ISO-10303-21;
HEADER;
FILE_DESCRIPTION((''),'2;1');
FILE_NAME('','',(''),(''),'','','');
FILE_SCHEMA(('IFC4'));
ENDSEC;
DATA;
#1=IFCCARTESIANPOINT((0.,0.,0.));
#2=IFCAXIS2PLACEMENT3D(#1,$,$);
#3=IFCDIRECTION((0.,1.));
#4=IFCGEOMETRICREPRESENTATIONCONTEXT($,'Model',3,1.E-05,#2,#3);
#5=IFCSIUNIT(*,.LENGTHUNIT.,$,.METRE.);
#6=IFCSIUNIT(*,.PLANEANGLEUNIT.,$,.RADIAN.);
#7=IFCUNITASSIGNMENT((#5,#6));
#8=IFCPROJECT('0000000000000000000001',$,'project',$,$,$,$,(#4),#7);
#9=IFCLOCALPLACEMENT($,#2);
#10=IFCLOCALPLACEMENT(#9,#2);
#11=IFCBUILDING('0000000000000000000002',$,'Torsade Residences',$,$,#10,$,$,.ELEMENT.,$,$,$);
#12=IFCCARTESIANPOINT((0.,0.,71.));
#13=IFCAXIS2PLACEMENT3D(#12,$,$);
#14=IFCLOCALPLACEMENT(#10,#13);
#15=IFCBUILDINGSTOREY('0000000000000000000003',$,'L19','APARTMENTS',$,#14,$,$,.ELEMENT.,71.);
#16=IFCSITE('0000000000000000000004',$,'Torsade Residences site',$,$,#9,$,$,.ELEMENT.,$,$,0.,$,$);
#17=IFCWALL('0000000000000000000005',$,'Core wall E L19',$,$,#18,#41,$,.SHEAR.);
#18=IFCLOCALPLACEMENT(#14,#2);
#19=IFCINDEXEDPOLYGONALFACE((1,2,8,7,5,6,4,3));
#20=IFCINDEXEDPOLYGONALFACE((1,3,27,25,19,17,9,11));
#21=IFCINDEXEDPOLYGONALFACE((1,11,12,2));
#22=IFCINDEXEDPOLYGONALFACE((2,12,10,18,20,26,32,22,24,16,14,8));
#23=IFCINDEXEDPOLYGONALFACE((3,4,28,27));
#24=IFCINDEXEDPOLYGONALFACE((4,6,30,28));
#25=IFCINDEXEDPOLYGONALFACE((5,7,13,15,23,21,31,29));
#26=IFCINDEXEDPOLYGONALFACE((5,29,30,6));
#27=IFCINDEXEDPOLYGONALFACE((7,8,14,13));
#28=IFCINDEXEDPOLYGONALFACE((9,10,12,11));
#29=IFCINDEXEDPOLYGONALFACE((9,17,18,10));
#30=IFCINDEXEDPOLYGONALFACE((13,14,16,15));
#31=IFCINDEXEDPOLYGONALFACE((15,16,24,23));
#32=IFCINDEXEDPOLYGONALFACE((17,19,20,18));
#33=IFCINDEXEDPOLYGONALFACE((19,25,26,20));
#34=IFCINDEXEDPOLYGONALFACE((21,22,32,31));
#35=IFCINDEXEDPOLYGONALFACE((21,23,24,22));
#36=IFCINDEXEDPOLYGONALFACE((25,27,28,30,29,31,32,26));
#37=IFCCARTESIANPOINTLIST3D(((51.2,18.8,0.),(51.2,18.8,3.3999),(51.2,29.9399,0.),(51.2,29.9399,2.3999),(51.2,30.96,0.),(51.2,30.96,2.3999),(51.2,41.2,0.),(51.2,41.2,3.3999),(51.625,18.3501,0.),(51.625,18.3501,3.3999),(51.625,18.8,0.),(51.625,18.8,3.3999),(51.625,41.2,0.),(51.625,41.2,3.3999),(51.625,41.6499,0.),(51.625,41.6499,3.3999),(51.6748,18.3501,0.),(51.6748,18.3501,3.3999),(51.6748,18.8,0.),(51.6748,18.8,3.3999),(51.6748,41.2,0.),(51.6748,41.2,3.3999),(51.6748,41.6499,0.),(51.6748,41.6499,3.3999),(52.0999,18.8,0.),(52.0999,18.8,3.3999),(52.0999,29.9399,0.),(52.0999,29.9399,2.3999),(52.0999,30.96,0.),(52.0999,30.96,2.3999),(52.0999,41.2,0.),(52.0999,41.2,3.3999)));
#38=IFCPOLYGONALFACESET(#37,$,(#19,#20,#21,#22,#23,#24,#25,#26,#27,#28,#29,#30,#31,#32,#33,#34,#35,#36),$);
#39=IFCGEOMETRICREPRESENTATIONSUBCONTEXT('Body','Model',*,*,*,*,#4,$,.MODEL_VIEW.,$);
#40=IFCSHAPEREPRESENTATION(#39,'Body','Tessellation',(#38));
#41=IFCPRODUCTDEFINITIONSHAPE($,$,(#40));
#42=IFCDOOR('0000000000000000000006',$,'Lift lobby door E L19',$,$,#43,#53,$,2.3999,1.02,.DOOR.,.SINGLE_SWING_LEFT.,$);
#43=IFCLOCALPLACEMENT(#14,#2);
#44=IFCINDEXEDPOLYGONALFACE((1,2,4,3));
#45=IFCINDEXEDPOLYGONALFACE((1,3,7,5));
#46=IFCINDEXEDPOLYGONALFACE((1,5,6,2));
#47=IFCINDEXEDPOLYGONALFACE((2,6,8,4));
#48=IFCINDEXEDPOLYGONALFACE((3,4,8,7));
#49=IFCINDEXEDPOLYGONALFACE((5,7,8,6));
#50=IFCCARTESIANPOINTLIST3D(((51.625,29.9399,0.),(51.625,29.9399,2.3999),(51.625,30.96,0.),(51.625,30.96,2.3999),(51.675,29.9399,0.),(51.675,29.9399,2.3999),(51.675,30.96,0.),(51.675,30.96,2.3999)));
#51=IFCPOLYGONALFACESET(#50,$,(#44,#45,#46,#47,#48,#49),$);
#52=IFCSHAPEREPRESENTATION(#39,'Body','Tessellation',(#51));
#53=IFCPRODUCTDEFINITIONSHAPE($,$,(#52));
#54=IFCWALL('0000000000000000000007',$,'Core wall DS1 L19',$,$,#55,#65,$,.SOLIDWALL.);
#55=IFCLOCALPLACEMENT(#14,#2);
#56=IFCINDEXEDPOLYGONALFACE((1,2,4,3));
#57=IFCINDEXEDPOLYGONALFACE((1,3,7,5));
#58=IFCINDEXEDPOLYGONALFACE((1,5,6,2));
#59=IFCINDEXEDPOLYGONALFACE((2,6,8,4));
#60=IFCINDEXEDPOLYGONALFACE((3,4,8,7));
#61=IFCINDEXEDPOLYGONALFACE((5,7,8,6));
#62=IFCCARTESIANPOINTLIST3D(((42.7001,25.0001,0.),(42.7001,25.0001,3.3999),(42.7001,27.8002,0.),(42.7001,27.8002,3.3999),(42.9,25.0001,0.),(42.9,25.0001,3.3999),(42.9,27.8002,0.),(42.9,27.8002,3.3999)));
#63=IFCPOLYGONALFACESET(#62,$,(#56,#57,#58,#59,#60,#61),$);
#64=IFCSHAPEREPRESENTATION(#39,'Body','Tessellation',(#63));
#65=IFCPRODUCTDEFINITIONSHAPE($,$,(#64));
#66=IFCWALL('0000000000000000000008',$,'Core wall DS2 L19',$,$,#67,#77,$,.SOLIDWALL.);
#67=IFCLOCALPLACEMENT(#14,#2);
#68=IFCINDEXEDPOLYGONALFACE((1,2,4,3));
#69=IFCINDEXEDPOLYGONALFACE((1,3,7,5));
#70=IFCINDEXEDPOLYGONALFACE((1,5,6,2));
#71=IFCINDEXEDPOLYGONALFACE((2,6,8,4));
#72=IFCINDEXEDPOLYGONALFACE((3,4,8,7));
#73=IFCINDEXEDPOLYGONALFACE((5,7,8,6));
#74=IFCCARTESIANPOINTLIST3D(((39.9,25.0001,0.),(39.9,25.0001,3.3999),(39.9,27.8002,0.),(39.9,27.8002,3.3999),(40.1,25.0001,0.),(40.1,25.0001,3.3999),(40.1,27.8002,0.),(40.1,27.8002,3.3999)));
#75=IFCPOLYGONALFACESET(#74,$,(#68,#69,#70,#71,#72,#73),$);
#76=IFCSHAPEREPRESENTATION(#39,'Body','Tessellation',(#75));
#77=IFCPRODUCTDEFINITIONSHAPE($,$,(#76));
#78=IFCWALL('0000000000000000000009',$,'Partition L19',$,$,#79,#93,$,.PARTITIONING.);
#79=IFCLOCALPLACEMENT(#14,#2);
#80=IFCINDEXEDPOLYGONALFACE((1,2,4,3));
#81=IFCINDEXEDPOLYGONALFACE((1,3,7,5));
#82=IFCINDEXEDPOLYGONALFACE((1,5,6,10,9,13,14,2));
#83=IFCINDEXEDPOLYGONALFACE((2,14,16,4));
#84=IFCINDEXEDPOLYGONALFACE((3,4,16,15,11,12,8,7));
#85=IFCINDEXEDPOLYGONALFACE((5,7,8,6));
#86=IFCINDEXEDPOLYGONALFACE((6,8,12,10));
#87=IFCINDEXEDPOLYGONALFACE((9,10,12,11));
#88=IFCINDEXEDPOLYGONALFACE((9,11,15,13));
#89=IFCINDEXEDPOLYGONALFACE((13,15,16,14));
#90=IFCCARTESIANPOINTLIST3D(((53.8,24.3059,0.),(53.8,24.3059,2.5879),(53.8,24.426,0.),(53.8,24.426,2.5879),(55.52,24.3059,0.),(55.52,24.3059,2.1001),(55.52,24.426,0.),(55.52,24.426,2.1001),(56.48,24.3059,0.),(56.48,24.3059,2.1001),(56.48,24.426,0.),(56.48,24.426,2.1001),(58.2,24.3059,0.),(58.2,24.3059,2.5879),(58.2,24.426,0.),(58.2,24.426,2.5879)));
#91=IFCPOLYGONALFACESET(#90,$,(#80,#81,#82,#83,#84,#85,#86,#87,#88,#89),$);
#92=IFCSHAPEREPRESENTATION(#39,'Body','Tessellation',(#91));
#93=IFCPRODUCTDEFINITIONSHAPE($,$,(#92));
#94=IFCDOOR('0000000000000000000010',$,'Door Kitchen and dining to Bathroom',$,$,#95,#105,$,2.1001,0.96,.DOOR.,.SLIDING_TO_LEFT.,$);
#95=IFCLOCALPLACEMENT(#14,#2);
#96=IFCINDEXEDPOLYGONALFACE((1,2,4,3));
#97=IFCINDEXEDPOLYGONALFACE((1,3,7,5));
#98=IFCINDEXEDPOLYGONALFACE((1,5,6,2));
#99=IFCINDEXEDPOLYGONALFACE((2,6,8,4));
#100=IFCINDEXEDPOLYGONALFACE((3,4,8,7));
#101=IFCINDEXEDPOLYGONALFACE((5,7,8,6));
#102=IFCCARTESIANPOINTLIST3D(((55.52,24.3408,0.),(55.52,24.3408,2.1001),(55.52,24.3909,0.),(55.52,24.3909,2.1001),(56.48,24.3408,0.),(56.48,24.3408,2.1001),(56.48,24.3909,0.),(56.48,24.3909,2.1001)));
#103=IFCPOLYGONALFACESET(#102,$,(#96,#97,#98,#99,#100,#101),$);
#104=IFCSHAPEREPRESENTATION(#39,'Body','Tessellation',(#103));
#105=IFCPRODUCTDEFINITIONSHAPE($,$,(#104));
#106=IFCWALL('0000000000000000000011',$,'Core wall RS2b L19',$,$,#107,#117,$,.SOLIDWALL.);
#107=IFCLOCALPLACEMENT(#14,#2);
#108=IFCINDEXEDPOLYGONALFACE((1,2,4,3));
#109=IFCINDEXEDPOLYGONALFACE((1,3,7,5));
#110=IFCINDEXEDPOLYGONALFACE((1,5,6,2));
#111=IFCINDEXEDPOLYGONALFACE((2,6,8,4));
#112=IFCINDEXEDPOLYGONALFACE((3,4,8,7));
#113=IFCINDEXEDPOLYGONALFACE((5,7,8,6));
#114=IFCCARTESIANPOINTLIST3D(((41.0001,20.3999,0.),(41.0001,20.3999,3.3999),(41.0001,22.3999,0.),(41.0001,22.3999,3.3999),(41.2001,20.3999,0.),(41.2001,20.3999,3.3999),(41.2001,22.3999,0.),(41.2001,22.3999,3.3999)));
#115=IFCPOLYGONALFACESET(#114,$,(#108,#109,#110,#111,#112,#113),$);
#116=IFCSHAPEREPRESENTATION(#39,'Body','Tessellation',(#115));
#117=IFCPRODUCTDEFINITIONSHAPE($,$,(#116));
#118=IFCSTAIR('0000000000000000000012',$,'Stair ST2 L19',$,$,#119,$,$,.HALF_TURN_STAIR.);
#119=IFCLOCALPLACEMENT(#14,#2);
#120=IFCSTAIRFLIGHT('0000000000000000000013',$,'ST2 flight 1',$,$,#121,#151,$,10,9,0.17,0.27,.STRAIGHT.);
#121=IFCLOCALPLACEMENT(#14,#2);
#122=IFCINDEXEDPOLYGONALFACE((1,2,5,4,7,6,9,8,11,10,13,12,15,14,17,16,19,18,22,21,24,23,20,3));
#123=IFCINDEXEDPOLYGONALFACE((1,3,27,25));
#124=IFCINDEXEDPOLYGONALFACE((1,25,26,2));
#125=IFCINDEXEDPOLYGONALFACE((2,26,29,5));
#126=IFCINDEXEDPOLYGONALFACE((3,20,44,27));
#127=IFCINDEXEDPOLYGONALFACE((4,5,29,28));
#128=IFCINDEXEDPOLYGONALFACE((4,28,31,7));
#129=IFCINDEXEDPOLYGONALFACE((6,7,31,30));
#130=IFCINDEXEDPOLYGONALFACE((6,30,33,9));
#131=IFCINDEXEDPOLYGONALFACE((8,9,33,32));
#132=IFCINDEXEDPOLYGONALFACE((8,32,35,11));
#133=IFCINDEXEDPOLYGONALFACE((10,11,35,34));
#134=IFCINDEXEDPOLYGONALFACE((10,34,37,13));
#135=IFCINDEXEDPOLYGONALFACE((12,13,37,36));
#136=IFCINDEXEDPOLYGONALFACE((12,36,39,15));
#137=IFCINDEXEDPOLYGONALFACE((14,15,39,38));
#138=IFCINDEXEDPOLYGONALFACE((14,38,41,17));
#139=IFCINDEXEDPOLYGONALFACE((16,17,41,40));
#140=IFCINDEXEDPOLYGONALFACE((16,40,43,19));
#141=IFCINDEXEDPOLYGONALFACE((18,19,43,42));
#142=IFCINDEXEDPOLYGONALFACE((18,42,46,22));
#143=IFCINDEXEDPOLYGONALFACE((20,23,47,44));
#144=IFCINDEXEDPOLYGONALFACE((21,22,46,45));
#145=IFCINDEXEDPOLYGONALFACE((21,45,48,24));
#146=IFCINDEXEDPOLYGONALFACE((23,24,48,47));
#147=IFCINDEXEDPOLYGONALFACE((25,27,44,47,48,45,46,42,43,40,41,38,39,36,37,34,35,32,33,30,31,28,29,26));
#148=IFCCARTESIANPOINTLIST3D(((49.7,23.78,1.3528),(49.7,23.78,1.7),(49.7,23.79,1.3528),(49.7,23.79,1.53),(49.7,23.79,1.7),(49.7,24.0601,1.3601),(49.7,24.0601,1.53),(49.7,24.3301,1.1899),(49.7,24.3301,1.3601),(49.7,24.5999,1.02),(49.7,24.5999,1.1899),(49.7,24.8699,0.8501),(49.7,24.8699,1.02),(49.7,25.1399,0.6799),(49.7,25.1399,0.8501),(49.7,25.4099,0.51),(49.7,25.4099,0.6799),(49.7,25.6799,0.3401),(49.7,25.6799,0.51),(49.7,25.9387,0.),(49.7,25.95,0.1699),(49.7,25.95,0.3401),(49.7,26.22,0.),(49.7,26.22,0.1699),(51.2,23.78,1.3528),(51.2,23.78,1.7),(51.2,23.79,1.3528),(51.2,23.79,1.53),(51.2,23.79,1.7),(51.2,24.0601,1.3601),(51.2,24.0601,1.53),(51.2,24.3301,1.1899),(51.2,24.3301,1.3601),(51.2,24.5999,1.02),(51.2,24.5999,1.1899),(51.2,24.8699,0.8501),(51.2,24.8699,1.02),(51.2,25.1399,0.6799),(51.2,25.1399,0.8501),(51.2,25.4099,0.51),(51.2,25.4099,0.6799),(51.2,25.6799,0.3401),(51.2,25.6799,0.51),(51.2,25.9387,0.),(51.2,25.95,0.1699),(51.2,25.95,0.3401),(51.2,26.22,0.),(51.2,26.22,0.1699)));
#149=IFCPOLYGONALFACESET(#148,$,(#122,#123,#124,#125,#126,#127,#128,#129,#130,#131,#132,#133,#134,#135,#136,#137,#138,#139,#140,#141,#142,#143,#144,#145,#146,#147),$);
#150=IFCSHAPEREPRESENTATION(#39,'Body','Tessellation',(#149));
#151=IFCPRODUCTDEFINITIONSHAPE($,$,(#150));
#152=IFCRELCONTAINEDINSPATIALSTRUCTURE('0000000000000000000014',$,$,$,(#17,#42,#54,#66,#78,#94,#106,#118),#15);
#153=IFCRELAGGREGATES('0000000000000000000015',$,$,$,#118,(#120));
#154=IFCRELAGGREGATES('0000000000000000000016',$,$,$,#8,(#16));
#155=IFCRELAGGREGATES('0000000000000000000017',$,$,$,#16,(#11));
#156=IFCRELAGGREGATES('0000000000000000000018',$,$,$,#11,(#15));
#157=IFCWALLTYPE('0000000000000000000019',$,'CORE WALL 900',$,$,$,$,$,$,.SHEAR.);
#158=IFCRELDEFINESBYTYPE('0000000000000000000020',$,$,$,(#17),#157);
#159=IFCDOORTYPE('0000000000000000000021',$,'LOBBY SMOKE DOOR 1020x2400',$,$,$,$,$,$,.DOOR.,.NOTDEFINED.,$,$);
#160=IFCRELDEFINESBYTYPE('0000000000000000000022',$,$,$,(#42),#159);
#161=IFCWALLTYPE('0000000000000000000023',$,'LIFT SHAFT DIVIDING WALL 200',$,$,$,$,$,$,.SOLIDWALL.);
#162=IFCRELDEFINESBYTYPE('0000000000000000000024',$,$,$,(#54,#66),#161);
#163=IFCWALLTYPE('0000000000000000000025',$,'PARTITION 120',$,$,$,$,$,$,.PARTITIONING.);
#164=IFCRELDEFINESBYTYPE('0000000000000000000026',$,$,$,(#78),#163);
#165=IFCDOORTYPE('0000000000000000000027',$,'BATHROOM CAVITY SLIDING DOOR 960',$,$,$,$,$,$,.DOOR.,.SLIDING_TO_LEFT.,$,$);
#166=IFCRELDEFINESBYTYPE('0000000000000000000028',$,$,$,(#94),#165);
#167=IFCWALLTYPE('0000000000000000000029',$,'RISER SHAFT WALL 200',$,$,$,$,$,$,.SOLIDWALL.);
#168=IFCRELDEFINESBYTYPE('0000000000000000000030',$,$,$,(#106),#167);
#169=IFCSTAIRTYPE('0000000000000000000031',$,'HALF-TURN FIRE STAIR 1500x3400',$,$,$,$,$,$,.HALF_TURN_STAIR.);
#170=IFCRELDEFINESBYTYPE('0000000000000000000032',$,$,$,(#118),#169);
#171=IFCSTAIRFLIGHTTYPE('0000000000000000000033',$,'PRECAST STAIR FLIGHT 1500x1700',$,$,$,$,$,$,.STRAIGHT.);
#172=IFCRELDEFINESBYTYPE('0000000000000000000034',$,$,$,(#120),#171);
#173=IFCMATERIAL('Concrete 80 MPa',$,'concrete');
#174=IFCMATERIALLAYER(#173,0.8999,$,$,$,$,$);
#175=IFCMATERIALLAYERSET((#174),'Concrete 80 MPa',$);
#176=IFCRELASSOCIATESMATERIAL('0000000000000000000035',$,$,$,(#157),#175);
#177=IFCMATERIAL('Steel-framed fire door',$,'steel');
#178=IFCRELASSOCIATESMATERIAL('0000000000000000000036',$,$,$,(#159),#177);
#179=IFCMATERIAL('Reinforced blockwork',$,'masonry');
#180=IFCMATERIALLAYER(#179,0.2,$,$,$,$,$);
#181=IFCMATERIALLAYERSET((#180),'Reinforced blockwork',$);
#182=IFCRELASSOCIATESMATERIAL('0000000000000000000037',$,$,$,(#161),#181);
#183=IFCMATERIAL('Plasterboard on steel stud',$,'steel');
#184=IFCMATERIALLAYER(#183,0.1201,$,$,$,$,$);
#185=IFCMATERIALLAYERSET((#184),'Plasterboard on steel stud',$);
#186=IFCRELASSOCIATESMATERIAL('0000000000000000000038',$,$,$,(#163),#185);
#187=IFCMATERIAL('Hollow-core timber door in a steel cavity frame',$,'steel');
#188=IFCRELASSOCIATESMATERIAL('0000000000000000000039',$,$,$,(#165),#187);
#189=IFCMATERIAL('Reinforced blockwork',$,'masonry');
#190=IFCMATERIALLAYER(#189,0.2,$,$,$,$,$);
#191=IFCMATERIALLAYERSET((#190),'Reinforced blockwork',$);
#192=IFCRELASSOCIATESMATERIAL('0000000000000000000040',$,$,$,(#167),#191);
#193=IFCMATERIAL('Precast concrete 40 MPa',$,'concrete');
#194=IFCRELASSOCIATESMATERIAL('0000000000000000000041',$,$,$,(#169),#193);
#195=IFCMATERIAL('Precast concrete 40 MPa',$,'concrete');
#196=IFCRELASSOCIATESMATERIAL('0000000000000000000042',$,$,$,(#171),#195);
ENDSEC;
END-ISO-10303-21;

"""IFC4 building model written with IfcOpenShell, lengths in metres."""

from ifc_helpers import new_model, si_unit, direction, frame, frame_2d, origin, place, context, subcontext, project, spatial, polyline, rectangle, outline, extrude, material, layer, layer_set, type_object, element, fill, aggregate, save


model = new_model("IFC4")

# Units and contexts
model_context = context("Model", 3, precision=1e-05, world=origin(), true_north=direction((0.0, 1.0)))
body_context = subcontext(model_context, "Body", "Model", "MODEL_VIEW")
ifc_project = project(units=[si_unit("LENGTHUNIT", "METRE"), si_unit("PLANEANGLEUNIT", "RADIAN")], contexts=[model_context])

# Site, building, storey
site_placement = place(None, origin())
site = spatial("IfcSite", under=ifc_project, at=site_placement, Name="Torsade Residences site", CompositionType="ELEMENT", RefElevation=0.0)
building_placement = place(site_placement, origin())
building = spatial("IfcBuilding", under=site, at=building_placement, Name="Torsade Residences", CompositionType="ELEMENT")
storey_placement = place(building_placement, frame((0.0, 0.0, 71.0)))
storey = spatial("IfcBuildingStorey", under=building, at=storey_placement, Name="L19", Description="APARTMENTS", CompositionType="ELEMENT", Elevation=71.0)

# Wall, opening, door
ifc_material_1 = material(Name="Concrete 80 MPa", Category="concrete")
ifc_layer_1 = layer(ifc_material_1, 0.8999)
ifc_layer_set_1 = layer_set([ifc_layer_1], Name="Concrete 80 MPa")
wall_type_1 = type_object("IfcWallType", Name="CORE WALL 900", PredefinedType="SHEAR", material=ifc_layer_set_1)
wall_1_placement = place(storey_placement, frame((51.6499, 18.8, 0.0), z_axis=(0.0, 0.0, 1.0), x_axis=(0.0, 1.0, 0.0)))
wall_1 = element("IfcWall", 1, at=wall_1_placement, inside=storey, type_object=wall_type_1, Name="Core wall E L19", PredefinedType="SHEAR", context=body_context, shape_type="SweptSolid", body=[
    extrude(outline(polyline([(0.0, -0.45), (22.3999, -0.45), (22.3999, -0.0249), (22.8499, -0.0249), (22.8499, 0.0249), (22.3999, 0.0249), (22.3999, 0.45), (0.0, 0.45), (0.0, 0.0249), (-0.45, 0.0249), (-0.45, -0.0249), (0.0, -0.0249), (0.0, -0.45)])), origin(), (0.0, 0.0, 1.0), 3.3999),
])
opening_1_placement = place(wall_1_placement, frame((11.1399, 0.0, 0.0)))
opening_1 = element("IfcOpeningElement", 2, at=opening_1_placement, cuts=wall_1, PredefinedType="OPENING", context=body_context, shape_type="SweptSolid", body=[
    extrude(rectangle(XDim=1.02, YDim=2.3999, at=frame_2d((0.51, 1.2))), frame((0.0, 0.46, 0.0), z_axis=(0.0, -1.0, 0.0), x_axis=(1.0, 0.0, 0.0)), (0.0, 0.0, 1.0), 0.9199),
])
ifc_material_2 = material(Name="Steel-framed fire door", Category="steel")
door_type_1 = type_object("IfcDoorType", Name="LOBBY SMOKE DOOR 1020x2400", OperationType="NOTDEFINED", PredefinedType="DOOR", material=ifc_material_2)
door_1_placement = place(opening_1_placement, origin())
door_1 = element("IfcDoor", 3, at=door_1_placement, inside=storey, type_object=door_type_1, Name="Lift lobby door E L19", OperationType="SINGLE_SWING_LEFT", OverallHeight=2.3999, OverallWidth=1.02, PredefinedType="DOOR", context=body_context, shape_type="SweptSolid", body=[
    extrude(rectangle(XDim=1.02, YDim=2.3999, at=frame_2d((0.51, 1.2))), frame((0.0, 0.0249, 0.0), z_axis=(0.0, -1.0, 0.0), x_axis=(1.0, 0.0, 0.0)), (0.0, 0.0, 1.0), 0.05),
])
fill(opening_1, door_1)

# Walls
ifc_material_3 = material(Name="Reinforced blockwork", Category="masonry")
ifc_layer_2 = layer(ifc_material_3, 0.2)
ifc_layer_set_2 = layer_set([ifc_layer_2], Name="Reinforced blockwork")
wall_type_2 = type_object("IfcWallType", Name="LIFT SHAFT DIVIDING WALL 200", PredefinedType="SOLIDWALL", material=ifc_layer_set_2)
for number, where, z_axis, x_axis, name in (
    (4, (42.8, 27.8, 0.0), (0.0, 0.0, 1.0), (0.0, -1.0, 0.0), "Core wall DS1 L19"),
    (5, (40.0, 27.8, 0.0), (0.0, 0.0, 1.0), (0.0, -1.0, 0.0), "Core wall DS2 L19"),
):
    element("IfcWall", number, at=place(storey_placement, frame(where, z_axis=z_axis, x_axis=x_axis)), inside=storey, type_object=wall_type_2, Name=name, PredefinedType="SOLIDWALL", context=body_context, shape_type="SweptSolid", body=[
        extrude(rectangle(XDim=2.8, YDim=0.2, at=frame_2d((1.3999, 0.0))), origin(), (0.0, 0.0, 1.0), 3.3999),
    ])

# Wall, opening, door
ifc_material_4 = material(Name="Plasterboard on steel stud", Category="steel")
ifc_layer_3 = layer(ifc_material_4, 0.1201)
ifc_layer_set_3 = layer_set([ifc_layer_3], Name="Plasterboard on steel stud")
wall_type_3 = type_object("IfcWallType", Name="PARTITION 120", PredefinedType="PARTITIONING", material=ifc_layer_set_3)
wall_2_placement = place(storey_placement, frame((53.8, 24.366, 0.0), z_axis=(0.0, 0.0, 1.0), x_axis=(1.0, 0.0, 0.0)))
wall_2 = element("IfcWall", 6, at=wall_2_placement, inside=storey, type_object=wall_type_3, Name="Partition L19", PredefinedType="PARTITIONING", context=body_context, shape_type="SweptSolid", body=[
    extrude(rectangle(XDim=4.3999, YDim=0.1201, at=frame_2d((2.2, 0.0))), origin(), (0.0, 0.0, 1.0), 2.5879),
])
opening_2_placement = place(wall_2_placement, frame((1.72, 0.0, 0.0)))
opening_2 = element("IfcOpeningElement", 7, at=opening_2_placement, cuts=wall_2, PredefinedType="OPENING", context=body_context, shape_type="SweptSolid", body=[
    extrude(rectangle(XDim=0.96, YDim=2.1001, at=frame_2d((0.48, 1.05))), frame((0.0, 0.0701, 0.0), z_axis=(0.0, -1.0, 0.0), x_axis=(1.0, 0.0, 0.0)), (0.0, 0.0, 1.0), 0.1401),
])
ifc_material_5 = material(Name="Hollow-core timber door in a steel cavity frame", Category="steel")
door_type_2 = type_object("IfcDoorType", Name="BATHROOM CAVITY SLIDING DOOR 960", OperationType="SLIDING_TO_LEFT", PredefinedType="DOOR", material=ifc_material_5)
door_2_placement = place(opening_2_placement, origin())
door_2 = element("IfcDoor", 8, at=door_2_placement, inside=storey, type_object=door_type_2, Name="Door Kitchen and dining to Bathroom", OperationType="SLIDING_TO_LEFT", OverallHeight=2.1001, OverallWidth=0.96, PredefinedType="DOOR", context=body_context, shape_type="SweptSolid", body=[
    extrude(rectangle(XDim=0.96, YDim=2.1001, at=frame_2d((0.48, 1.05))), frame((0.0, 0.0249, 0.0), z_axis=(0.0, -1.0, 0.0), x_axis=(1.0, 0.0, 0.0)), (0.0, 0.0, 1.0), 0.05),
])
fill(opening_2, door_2)

# Wall
ifc_material_6 = material(Name="Reinforced blockwork", Category="masonry")
ifc_layer_4 = layer(ifc_material_6, 0.2)
ifc_layer_set_4 = layer_set([ifc_layer_4], Name="Reinforced blockwork")
wall_type_4 = type_object("IfcWallType", Name="RISER SHAFT WALL 200", PredefinedType="SOLIDWALL", material=ifc_layer_set_4)
wall_3_placement = place(storey_placement, frame((41.1001, 22.3999, 0.0), z_axis=(0.0, 0.0, 1.0), x_axis=(0.0, -1.0, 0.0)))
element("IfcWall", 9, at=wall_3_placement, inside=storey, type_object=wall_type_4, Name="Core wall RS2b L19", PredefinedType="SOLIDWALL", context=body_context, shape_type="SweptSolid", body=[
    extrude(rectangle(XDim=2.0, YDim=0.2, at=frame_2d((1.0, 0.0))), origin(), (0.0, 0.0, 1.0), 3.3999),
])

# Stair, stair flight
ifc_material_7 = material(Name="Precast concrete 40 MPa", Category="concrete")
stair_type = type_object("IfcStairType", Name="HALF-TURN FIRE STAIR 1500x3400", PredefinedType="HALF_TURN_STAIR", material=ifc_material_7)
stair_placement = place(storey_placement, origin())
stair = element("IfcStair", 10, at=stair_placement, inside=storey, type_object=stair_type, Name="Stair ST2 L19", PredefinedType="HALF_TURN_STAIR")
ifc_material_8 = material(Name="Precast concrete 40 MPa", Category="concrete")
stair_flight_type = type_object("IfcStairFlightType", Name="PRECAST STAIR FLIGHT 1500x1700", PredefinedType="STRAIGHT", material=ifc_material_8)
stair_flight_1_placement = place(storey_placement, frame((50.45, 26.22, 0.0), z_axis=(0.0, 0.0, 1.0), x_axis=(0.0, -1.0, 0.0)))
stair_flight_1 = element("IfcStairFlight", 11, at=stair_flight_1_placement, type_object=stair_flight_type, Name="ST2 flight 1", NumberOfRisers=10, NumberOfTreads=9, PredefinedType="STRAIGHT", RiserHeight=0.17, TreadLength=0.27, context=body_context, shape_type="SweptSolid", body=[
    extrude(outline(polyline([(0.0, 0.0), (0.0, 0.1699), (0.27, 0.1699), (0.27, 0.3401), (0.54, 0.3401), (0.54, 0.51), (0.8101, 0.51), (0.8101, 0.6799), (1.0801, 0.6799), (1.0801, 0.8501), (1.3501, 0.8501), (1.3501, 1.02), (1.6201, 1.02), (1.6201, 1.1899), (1.8899, 1.1899), (1.8899, 1.3601), (2.1599, 1.3601), (2.1599, 1.53), (2.4299, 1.53), (2.4299, 1.7), (2.4399, 1.7), (2.4399, 1.3528), (2.4299, 1.3528), (0.2812, 0.0), (0.0, 0.0)])), frame((0.0, 0.75, 0.0), z_axis=(0.0, -1.0, 0.0), x_axis=(1.0, 0.0, 0.0)), (0.0, 0.0, 1.0), 1.5),
])
aggregate(stair, [stair_flight_1])

save(model, "model.ifc")
